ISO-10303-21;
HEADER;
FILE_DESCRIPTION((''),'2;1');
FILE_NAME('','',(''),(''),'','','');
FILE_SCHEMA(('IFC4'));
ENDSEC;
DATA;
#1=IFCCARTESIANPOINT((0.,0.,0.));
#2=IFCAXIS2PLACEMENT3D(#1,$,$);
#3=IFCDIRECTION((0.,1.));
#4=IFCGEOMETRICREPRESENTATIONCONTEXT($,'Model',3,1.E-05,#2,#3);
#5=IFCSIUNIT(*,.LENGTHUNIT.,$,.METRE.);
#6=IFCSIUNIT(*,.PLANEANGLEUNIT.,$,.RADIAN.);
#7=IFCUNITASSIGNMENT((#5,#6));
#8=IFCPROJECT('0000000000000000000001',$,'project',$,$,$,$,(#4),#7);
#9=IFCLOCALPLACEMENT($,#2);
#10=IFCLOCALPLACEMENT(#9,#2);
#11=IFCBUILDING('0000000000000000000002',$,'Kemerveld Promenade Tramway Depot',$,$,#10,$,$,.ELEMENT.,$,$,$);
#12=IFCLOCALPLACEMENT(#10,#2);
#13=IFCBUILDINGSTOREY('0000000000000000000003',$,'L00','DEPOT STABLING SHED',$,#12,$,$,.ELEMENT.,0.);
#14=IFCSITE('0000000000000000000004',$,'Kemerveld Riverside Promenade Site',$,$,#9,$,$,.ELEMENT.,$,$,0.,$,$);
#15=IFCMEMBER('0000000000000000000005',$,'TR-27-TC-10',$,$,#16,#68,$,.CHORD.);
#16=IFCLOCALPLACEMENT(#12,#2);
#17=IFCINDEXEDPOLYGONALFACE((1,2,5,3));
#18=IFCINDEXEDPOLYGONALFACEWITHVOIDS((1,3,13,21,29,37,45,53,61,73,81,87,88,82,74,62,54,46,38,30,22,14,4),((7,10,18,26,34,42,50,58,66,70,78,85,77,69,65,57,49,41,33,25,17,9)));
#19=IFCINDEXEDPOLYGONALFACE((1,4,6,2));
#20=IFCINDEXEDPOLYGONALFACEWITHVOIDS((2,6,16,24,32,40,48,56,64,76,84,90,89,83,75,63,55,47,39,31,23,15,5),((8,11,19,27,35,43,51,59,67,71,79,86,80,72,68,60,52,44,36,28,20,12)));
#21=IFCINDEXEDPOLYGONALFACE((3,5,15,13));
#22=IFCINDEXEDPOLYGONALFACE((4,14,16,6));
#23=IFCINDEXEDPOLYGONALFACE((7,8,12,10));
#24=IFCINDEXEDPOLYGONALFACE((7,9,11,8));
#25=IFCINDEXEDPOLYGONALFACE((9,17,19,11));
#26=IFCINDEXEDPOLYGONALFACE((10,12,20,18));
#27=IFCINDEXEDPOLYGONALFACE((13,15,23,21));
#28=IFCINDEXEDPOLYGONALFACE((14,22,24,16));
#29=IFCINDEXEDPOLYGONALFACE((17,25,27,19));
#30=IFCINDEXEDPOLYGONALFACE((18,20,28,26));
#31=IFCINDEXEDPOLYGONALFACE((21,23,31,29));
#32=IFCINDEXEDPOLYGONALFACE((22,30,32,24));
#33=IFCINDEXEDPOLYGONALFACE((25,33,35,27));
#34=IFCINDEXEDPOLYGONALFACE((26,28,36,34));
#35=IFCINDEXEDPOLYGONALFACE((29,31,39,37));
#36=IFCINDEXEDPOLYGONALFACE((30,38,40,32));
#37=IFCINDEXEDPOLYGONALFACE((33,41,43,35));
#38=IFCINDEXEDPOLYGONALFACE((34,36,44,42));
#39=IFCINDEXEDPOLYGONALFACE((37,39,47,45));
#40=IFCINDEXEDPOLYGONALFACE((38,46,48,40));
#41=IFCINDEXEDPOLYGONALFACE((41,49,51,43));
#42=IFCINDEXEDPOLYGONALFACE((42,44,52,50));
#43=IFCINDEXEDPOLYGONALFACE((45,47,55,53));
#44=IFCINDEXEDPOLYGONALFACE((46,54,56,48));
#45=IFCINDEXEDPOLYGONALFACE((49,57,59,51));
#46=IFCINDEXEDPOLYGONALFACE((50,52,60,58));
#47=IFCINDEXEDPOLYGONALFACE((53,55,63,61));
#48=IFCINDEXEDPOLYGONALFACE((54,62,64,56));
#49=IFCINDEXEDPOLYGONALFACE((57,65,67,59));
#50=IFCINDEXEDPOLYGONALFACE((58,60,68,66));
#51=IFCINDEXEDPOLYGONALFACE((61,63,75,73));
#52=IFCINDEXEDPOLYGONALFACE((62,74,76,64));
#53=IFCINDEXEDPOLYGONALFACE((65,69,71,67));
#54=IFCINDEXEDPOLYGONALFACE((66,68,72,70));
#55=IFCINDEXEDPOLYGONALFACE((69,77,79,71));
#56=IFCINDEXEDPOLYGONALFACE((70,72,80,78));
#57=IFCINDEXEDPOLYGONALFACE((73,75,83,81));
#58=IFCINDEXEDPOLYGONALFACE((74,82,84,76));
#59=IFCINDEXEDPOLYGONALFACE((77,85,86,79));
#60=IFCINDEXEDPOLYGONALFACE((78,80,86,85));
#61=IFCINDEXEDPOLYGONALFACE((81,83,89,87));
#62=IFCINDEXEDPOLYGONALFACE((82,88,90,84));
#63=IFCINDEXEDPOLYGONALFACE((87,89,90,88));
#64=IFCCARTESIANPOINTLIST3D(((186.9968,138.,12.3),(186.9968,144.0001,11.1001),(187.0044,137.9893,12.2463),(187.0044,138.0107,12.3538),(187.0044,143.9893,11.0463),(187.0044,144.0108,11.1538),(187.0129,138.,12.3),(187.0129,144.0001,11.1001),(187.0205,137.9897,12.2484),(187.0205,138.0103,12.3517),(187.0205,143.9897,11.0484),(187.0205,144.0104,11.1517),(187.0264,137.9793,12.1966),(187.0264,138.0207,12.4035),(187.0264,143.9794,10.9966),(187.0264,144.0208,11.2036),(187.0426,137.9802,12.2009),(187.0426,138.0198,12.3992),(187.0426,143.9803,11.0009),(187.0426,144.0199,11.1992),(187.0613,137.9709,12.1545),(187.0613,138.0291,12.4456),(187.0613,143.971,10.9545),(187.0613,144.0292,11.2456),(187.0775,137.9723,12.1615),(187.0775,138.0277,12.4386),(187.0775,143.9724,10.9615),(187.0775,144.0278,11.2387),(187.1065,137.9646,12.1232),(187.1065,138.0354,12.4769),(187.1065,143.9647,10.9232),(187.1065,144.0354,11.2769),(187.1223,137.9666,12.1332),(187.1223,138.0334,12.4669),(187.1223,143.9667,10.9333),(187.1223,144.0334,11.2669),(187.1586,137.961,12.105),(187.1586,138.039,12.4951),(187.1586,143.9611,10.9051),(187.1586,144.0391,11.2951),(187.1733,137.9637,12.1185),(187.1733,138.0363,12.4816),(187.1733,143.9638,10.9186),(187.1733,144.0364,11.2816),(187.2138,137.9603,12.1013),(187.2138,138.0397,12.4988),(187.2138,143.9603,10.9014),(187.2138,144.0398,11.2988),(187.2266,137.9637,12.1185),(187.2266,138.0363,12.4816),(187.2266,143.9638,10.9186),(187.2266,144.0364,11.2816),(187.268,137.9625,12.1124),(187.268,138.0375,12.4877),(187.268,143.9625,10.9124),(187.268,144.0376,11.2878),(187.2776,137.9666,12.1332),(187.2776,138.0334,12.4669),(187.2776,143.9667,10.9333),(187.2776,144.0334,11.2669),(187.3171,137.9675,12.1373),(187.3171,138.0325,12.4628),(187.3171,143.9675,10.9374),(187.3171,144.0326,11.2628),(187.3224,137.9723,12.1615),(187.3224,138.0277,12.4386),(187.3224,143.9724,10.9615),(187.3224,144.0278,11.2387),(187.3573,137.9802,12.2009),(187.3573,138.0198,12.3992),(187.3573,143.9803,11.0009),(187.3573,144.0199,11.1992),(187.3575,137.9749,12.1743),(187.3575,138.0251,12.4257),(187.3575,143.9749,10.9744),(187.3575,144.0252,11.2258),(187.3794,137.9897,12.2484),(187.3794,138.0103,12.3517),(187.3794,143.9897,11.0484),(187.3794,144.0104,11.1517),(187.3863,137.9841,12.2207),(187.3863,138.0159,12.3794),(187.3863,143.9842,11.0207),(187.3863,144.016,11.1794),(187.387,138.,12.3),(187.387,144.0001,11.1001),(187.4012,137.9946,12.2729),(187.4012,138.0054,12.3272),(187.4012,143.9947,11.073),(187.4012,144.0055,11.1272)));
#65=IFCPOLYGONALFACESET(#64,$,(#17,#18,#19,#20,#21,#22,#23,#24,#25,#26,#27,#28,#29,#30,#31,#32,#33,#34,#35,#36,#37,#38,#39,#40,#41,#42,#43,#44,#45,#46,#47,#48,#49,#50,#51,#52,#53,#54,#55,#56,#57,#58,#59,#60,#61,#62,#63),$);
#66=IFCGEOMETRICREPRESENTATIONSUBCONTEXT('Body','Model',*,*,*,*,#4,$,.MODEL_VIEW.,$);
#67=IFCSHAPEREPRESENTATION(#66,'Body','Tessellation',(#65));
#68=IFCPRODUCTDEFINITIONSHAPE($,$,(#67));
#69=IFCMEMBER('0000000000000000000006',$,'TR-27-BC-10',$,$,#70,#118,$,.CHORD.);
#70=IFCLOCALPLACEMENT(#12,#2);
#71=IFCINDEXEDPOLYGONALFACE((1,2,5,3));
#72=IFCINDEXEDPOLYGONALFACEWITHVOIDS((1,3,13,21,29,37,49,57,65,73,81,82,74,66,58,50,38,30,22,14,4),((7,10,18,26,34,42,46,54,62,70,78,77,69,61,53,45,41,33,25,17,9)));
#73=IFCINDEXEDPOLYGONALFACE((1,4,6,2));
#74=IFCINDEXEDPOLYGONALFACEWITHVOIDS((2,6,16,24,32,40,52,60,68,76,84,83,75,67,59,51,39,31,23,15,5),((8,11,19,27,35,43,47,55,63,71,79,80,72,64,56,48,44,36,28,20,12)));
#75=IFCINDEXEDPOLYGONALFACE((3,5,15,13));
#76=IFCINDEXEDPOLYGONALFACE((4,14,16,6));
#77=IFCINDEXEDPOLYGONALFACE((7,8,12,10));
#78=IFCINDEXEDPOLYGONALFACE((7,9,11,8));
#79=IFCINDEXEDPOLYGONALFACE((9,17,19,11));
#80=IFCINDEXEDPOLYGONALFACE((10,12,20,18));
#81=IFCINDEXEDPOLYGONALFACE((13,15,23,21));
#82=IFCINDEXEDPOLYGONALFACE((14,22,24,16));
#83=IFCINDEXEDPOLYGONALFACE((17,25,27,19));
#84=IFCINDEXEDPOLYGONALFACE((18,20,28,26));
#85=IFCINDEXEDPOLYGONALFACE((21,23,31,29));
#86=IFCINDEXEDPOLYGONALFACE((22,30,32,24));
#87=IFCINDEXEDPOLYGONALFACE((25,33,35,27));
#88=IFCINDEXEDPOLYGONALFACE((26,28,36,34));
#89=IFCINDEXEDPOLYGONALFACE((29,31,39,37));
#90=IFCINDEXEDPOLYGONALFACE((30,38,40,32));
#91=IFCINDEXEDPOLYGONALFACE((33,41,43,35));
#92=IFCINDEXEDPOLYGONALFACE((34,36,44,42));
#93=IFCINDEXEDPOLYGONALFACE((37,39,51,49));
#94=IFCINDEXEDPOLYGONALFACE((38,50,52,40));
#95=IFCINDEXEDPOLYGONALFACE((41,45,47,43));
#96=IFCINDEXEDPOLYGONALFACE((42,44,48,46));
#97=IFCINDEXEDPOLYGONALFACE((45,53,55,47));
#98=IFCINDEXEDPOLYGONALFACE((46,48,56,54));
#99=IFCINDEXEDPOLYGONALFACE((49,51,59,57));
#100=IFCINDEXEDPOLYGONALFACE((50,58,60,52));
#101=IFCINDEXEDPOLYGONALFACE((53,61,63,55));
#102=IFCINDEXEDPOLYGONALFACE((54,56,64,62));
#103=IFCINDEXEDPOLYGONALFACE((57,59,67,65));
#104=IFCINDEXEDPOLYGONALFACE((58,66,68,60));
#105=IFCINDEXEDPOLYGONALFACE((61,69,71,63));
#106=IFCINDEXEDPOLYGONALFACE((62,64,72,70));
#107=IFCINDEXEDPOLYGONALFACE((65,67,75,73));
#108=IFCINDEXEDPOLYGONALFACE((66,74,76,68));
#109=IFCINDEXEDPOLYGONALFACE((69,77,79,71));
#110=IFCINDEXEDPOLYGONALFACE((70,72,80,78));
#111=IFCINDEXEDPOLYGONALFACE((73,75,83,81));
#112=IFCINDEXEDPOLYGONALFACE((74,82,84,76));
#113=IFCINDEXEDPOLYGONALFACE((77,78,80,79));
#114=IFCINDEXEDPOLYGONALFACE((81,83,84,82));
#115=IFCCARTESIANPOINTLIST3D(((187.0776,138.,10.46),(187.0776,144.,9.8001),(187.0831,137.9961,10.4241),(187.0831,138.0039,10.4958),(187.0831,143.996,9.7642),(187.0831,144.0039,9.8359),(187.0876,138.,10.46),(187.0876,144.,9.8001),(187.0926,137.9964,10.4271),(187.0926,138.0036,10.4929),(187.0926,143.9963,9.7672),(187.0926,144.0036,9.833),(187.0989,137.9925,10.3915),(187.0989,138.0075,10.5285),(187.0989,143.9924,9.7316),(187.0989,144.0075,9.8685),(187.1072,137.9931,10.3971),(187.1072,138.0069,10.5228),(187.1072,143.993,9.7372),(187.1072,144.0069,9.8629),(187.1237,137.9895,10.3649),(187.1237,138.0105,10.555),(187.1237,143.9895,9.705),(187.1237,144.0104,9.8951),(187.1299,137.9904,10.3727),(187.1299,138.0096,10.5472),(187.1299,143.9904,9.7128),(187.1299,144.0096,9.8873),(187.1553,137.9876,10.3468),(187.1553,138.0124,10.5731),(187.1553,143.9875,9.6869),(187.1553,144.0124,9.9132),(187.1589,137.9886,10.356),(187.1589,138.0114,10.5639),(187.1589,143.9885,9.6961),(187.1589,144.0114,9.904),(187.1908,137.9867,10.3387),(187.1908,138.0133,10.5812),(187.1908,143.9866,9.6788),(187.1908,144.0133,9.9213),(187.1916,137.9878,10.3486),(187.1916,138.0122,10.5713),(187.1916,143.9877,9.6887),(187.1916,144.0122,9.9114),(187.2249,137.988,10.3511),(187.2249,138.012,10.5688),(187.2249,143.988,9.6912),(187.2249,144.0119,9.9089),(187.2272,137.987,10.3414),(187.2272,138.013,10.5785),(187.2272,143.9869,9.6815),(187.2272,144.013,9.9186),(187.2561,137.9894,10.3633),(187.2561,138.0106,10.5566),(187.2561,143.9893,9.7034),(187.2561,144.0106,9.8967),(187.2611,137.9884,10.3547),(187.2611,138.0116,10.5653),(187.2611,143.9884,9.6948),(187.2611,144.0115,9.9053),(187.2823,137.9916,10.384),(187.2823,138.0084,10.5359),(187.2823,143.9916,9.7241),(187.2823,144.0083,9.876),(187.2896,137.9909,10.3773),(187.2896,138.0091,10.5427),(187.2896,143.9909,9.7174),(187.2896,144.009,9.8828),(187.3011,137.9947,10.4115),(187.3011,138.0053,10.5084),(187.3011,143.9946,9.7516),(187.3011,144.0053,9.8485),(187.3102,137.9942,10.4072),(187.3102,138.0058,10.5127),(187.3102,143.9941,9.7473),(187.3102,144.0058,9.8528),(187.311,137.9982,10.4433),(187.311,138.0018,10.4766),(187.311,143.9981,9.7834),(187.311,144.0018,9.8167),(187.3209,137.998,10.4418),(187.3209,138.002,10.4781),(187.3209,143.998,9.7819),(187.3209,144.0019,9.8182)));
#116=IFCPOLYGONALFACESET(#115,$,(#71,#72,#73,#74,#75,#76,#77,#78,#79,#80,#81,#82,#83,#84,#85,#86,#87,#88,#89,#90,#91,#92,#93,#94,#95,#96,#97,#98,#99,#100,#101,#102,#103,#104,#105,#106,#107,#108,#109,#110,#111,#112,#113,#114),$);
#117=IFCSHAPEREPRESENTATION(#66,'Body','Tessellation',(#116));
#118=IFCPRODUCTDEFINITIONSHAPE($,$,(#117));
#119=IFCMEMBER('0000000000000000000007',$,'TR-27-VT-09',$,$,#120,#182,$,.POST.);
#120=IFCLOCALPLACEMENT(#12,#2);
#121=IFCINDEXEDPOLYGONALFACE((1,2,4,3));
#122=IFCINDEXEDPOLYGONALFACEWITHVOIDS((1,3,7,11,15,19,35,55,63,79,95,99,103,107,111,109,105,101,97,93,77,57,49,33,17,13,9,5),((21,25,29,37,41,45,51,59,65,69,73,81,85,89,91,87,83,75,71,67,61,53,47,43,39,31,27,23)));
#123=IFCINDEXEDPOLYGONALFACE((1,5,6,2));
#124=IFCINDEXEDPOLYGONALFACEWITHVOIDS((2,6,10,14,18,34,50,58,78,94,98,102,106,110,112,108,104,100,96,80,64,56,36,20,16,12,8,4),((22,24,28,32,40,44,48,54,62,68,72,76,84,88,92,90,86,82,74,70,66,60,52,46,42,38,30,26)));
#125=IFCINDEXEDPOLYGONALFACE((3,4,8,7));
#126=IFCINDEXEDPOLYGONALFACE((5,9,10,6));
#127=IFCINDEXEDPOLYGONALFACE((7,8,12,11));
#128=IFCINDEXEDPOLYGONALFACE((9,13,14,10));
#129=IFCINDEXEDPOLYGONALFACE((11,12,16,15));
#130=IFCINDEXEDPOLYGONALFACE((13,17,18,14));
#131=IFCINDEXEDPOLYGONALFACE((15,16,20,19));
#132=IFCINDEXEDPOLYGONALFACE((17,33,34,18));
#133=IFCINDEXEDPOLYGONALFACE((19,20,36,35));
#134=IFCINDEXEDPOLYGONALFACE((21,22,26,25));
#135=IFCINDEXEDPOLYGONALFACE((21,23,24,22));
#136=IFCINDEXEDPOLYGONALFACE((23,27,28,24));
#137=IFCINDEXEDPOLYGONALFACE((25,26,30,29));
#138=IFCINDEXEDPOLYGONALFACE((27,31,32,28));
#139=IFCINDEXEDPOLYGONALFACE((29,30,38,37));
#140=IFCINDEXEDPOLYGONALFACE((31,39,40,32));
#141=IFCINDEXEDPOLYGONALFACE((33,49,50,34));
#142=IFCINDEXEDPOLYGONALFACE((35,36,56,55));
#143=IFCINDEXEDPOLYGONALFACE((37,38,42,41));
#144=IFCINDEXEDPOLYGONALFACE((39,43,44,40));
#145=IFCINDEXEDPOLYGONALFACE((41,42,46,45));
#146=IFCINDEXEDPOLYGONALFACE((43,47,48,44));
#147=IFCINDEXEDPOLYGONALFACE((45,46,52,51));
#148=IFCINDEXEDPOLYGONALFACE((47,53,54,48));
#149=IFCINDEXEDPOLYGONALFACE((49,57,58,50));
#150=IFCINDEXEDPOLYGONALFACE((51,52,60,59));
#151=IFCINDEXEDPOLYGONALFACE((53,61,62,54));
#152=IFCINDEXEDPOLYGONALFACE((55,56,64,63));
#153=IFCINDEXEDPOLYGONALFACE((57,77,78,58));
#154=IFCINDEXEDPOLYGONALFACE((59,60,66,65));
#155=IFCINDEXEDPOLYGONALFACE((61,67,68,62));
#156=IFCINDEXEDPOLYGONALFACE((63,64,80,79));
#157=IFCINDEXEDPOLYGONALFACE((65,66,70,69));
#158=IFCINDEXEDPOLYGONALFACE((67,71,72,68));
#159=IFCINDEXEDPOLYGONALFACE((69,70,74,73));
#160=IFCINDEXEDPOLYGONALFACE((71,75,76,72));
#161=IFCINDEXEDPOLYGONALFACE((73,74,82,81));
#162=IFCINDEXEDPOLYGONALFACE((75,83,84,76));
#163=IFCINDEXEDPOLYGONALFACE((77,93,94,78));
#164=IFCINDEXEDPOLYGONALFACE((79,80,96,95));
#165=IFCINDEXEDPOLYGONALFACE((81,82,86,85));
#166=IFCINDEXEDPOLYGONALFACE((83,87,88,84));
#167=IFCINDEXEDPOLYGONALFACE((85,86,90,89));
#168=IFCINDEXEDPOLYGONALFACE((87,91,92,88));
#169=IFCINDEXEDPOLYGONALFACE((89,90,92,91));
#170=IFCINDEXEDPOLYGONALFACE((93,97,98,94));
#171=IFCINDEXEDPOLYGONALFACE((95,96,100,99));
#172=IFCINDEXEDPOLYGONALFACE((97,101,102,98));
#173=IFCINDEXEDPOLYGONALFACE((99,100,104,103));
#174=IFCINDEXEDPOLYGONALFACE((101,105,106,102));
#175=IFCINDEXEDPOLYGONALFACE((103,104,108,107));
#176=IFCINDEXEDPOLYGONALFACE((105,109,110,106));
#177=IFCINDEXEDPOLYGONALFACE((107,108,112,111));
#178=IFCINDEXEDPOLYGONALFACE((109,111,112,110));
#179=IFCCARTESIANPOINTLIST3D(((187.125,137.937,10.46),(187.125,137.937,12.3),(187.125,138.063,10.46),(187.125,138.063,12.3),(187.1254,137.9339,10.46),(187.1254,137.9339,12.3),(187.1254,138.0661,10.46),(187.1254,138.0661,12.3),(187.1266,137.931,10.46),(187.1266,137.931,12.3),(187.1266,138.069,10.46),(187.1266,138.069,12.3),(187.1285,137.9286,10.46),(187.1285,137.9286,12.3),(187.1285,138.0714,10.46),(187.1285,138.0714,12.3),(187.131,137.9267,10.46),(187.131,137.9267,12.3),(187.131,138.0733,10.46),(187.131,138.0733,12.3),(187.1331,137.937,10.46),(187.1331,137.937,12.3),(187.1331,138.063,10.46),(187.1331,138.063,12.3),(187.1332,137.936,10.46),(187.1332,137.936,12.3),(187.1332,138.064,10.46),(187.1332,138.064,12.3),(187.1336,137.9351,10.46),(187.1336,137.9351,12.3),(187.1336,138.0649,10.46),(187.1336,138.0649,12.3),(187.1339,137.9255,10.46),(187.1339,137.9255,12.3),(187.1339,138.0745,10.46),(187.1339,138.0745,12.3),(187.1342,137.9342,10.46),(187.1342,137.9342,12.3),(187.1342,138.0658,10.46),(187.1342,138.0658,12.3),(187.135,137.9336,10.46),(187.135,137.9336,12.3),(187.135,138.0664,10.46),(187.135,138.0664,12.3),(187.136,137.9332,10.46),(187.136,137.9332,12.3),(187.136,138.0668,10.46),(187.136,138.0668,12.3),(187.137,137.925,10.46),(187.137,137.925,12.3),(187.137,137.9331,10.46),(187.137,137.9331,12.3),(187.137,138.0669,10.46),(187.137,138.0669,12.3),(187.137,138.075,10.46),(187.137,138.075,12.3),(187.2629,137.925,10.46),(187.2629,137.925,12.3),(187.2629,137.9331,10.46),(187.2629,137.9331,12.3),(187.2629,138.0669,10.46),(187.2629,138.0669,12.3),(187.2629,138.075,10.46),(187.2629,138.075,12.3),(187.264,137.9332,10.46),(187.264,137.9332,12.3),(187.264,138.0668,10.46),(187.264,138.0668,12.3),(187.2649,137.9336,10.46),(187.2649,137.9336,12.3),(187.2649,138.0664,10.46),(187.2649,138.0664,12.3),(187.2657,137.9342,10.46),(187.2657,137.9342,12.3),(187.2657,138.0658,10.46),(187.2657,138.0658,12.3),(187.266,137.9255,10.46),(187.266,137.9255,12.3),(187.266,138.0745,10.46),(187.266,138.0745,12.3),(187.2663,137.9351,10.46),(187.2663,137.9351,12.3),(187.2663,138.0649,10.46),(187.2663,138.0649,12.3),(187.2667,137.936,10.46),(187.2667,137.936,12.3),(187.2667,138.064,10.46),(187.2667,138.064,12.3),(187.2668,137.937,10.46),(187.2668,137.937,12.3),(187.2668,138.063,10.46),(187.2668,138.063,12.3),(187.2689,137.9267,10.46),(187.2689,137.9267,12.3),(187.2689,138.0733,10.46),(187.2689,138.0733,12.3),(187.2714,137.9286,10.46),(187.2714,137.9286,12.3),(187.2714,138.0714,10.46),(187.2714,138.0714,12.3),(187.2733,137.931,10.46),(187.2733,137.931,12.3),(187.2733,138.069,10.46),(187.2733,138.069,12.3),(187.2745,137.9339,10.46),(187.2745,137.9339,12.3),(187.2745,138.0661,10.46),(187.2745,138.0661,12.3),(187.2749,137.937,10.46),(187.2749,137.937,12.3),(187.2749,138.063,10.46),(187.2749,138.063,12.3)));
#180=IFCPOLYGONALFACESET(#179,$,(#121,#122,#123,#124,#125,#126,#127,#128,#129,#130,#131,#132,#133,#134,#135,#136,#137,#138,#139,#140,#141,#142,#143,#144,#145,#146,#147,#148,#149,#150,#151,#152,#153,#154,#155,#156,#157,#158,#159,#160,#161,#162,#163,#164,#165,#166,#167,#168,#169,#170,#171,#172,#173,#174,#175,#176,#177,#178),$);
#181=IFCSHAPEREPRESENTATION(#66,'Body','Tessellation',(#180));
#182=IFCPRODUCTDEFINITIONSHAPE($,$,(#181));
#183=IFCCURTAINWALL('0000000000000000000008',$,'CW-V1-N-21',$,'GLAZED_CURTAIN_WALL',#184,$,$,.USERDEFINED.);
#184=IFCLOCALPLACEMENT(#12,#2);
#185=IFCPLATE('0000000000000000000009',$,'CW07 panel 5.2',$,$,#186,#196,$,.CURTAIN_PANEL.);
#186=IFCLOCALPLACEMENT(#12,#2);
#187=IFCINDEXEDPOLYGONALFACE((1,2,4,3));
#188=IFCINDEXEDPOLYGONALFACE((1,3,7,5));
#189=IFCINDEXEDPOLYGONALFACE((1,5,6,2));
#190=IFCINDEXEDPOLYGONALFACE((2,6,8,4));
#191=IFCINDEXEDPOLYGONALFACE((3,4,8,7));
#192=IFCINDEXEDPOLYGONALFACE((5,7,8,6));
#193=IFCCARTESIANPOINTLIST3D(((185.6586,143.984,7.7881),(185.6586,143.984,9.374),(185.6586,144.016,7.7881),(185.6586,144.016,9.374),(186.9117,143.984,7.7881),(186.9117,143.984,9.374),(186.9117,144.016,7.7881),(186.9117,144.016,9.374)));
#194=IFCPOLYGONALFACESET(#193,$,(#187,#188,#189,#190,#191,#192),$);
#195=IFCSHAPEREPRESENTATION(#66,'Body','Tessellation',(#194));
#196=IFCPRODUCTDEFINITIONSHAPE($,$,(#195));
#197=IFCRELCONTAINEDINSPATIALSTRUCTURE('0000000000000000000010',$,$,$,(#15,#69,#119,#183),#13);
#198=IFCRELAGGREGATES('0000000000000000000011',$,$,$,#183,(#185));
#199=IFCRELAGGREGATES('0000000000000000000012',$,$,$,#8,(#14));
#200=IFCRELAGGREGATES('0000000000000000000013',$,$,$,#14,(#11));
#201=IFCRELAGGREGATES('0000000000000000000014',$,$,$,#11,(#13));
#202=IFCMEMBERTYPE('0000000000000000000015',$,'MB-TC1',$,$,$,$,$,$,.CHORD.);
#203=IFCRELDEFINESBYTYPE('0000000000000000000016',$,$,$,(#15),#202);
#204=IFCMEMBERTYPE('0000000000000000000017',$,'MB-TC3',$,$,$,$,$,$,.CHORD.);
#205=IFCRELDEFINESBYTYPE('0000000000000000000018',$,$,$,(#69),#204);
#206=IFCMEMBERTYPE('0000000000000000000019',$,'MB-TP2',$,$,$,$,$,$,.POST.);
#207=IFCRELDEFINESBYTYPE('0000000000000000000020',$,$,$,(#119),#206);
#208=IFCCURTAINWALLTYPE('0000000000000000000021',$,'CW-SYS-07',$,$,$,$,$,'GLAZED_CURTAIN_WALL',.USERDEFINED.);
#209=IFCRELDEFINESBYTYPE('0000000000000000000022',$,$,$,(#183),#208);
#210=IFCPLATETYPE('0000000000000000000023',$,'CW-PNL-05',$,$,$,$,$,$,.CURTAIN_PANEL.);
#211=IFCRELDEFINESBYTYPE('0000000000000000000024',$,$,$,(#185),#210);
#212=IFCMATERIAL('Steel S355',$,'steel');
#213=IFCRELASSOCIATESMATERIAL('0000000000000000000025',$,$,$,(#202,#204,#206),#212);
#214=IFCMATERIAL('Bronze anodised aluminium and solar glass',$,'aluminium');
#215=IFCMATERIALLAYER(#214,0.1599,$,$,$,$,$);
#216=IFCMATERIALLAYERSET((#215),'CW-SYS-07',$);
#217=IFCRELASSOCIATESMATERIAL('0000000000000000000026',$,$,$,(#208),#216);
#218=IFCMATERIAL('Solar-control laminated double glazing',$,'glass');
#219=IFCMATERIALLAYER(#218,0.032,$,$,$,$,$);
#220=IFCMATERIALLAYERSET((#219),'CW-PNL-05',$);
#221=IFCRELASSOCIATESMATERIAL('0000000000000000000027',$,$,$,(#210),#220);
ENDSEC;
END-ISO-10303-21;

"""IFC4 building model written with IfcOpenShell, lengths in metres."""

from ifc_helpers import new_model, si_unit, direction, frame, origin, origin_2d, place, context, subcontext, project, spatial, rectangle, hollow_rectangle, hollow_circle, extrude, material, layer, layer_set, material_profile, profile_set, type_object, element, aggregate, save


model = new_model("IFC4")

# Units and contexts
model_context = context("Model", 3, precision=1e-05, world=origin(), true_north=direction((0.0, 1.0)))
body_context = subcontext(model_context, "Body", "Model", "MODEL_VIEW")
ifc_project = project(units=[si_unit("LENGTHUNIT", "METRE"), si_unit("PLANEANGLEUNIT", "RADIAN")], contexts=[model_context])

# Site, building, storey
site_placement = place(None, origin())
site = spatial("IfcSite", under=ifc_project, at=site_placement, Name="Kemerveld Riverside Promenade Site", CompositionType="ELEMENT", RefElevation=0.0)
building_placement = place(site_placement, origin())
building = spatial("IfcBuilding", under=site, at=building_placement, Name="Kemerveld Promenade Tramway Depot", CompositionType="ELEMENT")
storey_placement = place(building_placement, origin())
storey = spatial("IfcBuildingStorey", under=building, at=storey_placement, Name="L00", Description="DEPOT STABLING SHED", CompositionType="ELEMENT", Elevation=0.0)

# Shared definitions
ifc_material_1 = material(Name="Bronze anodised aluminium and solar glass", Category="aluminium")

# Members
ifc_material_2 = material(Name="Steel S355", Category="steel")
ifc_material_profile_1 = material_profile(ifc_material_2, hollow_circle(Radius=0.2031, WallThickness=0.0161, at=origin_2d()), Name="406.4x16.0 CHS")
ifc_profile_set_1 = profile_set([ifc_material_profile_1], Name="Steel S355")
member_type_1 = type_object("IfcMemberType", Name="MB-TC1", PredefinedType="CHORD", material=ifc_profile_set_1)
member_1_placement = place(storey_placement, frame((187.2, 138.0, 12.3), z_axis=(0.0, 0.980582, -0.196108), x_axis=(-1.0, 0.0, 0.0)))
element("IfcMember", 1, at=member_1_placement, inside=storey, type_object=member_type_1, Name="TR-27-TC-10", PredefinedType="CHORD", context=body_context, shape_type="SweptSolid", body=[
    extrude(hollow_circle(Radius=0.2031, WallThickness=0.0161, at=origin_2d()), origin(), (0.0, 0.0, 1.0), 6.1189),
])
ifc_material_profile_2 = material_profile(ifc_material_2, hollow_circle(Radius=0.1223, WallThickness=0.01, at=origin_2d()), Name="244.5x10.0 CHS")
ifc_profile_set_2 = profile_set([ifc_material_profile_2], Name="Steel S355")
member_type_2 = type_object("IfcMemberType", Name="MB-TC3", PredefinedType="CHORD", material=ifc_profile_set_2)
member_2_placement = place(storey_placement, frame((187.2, 138.0, 10.46), z_axis=(0.0, 0.994006, -0.109326), x_axis=(-1.0, 0.0, 0.0)))
element("IfcMember", 2, at=member_2_placement, inside=storey, type_object=member_type_2, Name="TR-27-BC-10", PredefinedType="CHORD", context=body_context, shape_type="SweptSolid", body=[
    extrude(hollow_circle(Radius=0.1223, WallThickness=0.01, at=origin_2d()), origin(), (0.0, 0.0, 1.0), 6.0361),
])
ifc_material_profile_3 = material_profile(ifc_material_2, hollow_rectangle(XDim=0.1499, YDim=0.1499, WallThickness=0.0081, InnerFilletRadius=0.0039, OuterFilletRadius=0.012, at=origin_2d()), Name="150x150x8.0 SHS")
ifc_profile_set_3 = profile_set([ifc_material_profile_3], Name="Steel S355")
member_type_3 = type_object("IfcMemberType", Name="MB-TP2", PredefinedType="POST", material=ifc_profile_set_3)
member_3_placement = place(storey_placement, frame((187.2, 138.0, 10.46), z_axis=(0.0, 0.0, 1.0), x_axis=(1.0, 0.0, 0.0)))
element("IfcMember", 3, at=member_3_placement, inside=storey, type_object=member_type_3, Name="TR-27-VT-09", PredefinedType="POST", context=body_context, shape_type="SweptSolid", body=[
    extrude(hollow_rectangle(XDim=0.1499, YDim=0.1499, WallThickness=0.0081, InnerFilletRadius=0.0039, OuterFilletRadius=0.012, at=origin_2d()), origin(), (0.0, 0.0, 1.0), 1.8401),
])

# Curtain wall, plate
ifc_layer_1 = layer(ifc_material_1, 0.1599)
ifc_layer_set_1 = layer_set([ifc_layer_1], Name="CW-SYS-07")
curtain_wall_type_1 = type_object("IfcCurtainWallType", Name="CW-SYS-07", ElementType="GLAZED_CURTAIN_WALL", PredefinedType="USERDEFINED", material=ifc_layer_set_1)
curtain_wall_1_placement = place(storey_placement, origin())
curtain_wall_1 = element("IfcCurtainWall", 4, at=curtain_wall_1_placement, inside=storey, type_object=curtain_wall_type_1, Name="CW-V1-N-21", ObjectType="GLAZED_CURTAIN_WALL", PredefinedType="USERDEFINED")
ifc_material_3 = material(Name="Solar-control laminated double glazing", Category="glass")
ifc_layer_2 = layer(ifc_material_3, 0.032)
ifc_layer_set_2 = layer_set([ifc_layer_2], Name="CW-PNL-05")
plate_type_1 = type_object("IfcPlateType", Name="CW-PNL-05", PredefinedType="CURTAIN_PANEL", material=ifc_layer_set_2)
plate_1_placement = place(storey_placement, frame((186.2852, 144.0, 7.7881), z_axis=(0.0, 0.0, 1.0), x_axis=(1.0, 0.0, 0.0)))
plate_1 = element("IfcPlate", 5, at=plate_1_placement, type_object=plate_type_1, Name="CW07 panel 5.2", PredefinedType="CURTAIN_PANEL", context=body_context, shape_type="SweptSolid", body=[
    extrude(rectangle(XDim=1.2532, YDim=0.032, at=origin_2d()), origin(), (0.0, 0.0, 1.0), 1.5859),
])
aggregate(curtain_wall_1, [plate_1])

save(model, "model.ifc")
